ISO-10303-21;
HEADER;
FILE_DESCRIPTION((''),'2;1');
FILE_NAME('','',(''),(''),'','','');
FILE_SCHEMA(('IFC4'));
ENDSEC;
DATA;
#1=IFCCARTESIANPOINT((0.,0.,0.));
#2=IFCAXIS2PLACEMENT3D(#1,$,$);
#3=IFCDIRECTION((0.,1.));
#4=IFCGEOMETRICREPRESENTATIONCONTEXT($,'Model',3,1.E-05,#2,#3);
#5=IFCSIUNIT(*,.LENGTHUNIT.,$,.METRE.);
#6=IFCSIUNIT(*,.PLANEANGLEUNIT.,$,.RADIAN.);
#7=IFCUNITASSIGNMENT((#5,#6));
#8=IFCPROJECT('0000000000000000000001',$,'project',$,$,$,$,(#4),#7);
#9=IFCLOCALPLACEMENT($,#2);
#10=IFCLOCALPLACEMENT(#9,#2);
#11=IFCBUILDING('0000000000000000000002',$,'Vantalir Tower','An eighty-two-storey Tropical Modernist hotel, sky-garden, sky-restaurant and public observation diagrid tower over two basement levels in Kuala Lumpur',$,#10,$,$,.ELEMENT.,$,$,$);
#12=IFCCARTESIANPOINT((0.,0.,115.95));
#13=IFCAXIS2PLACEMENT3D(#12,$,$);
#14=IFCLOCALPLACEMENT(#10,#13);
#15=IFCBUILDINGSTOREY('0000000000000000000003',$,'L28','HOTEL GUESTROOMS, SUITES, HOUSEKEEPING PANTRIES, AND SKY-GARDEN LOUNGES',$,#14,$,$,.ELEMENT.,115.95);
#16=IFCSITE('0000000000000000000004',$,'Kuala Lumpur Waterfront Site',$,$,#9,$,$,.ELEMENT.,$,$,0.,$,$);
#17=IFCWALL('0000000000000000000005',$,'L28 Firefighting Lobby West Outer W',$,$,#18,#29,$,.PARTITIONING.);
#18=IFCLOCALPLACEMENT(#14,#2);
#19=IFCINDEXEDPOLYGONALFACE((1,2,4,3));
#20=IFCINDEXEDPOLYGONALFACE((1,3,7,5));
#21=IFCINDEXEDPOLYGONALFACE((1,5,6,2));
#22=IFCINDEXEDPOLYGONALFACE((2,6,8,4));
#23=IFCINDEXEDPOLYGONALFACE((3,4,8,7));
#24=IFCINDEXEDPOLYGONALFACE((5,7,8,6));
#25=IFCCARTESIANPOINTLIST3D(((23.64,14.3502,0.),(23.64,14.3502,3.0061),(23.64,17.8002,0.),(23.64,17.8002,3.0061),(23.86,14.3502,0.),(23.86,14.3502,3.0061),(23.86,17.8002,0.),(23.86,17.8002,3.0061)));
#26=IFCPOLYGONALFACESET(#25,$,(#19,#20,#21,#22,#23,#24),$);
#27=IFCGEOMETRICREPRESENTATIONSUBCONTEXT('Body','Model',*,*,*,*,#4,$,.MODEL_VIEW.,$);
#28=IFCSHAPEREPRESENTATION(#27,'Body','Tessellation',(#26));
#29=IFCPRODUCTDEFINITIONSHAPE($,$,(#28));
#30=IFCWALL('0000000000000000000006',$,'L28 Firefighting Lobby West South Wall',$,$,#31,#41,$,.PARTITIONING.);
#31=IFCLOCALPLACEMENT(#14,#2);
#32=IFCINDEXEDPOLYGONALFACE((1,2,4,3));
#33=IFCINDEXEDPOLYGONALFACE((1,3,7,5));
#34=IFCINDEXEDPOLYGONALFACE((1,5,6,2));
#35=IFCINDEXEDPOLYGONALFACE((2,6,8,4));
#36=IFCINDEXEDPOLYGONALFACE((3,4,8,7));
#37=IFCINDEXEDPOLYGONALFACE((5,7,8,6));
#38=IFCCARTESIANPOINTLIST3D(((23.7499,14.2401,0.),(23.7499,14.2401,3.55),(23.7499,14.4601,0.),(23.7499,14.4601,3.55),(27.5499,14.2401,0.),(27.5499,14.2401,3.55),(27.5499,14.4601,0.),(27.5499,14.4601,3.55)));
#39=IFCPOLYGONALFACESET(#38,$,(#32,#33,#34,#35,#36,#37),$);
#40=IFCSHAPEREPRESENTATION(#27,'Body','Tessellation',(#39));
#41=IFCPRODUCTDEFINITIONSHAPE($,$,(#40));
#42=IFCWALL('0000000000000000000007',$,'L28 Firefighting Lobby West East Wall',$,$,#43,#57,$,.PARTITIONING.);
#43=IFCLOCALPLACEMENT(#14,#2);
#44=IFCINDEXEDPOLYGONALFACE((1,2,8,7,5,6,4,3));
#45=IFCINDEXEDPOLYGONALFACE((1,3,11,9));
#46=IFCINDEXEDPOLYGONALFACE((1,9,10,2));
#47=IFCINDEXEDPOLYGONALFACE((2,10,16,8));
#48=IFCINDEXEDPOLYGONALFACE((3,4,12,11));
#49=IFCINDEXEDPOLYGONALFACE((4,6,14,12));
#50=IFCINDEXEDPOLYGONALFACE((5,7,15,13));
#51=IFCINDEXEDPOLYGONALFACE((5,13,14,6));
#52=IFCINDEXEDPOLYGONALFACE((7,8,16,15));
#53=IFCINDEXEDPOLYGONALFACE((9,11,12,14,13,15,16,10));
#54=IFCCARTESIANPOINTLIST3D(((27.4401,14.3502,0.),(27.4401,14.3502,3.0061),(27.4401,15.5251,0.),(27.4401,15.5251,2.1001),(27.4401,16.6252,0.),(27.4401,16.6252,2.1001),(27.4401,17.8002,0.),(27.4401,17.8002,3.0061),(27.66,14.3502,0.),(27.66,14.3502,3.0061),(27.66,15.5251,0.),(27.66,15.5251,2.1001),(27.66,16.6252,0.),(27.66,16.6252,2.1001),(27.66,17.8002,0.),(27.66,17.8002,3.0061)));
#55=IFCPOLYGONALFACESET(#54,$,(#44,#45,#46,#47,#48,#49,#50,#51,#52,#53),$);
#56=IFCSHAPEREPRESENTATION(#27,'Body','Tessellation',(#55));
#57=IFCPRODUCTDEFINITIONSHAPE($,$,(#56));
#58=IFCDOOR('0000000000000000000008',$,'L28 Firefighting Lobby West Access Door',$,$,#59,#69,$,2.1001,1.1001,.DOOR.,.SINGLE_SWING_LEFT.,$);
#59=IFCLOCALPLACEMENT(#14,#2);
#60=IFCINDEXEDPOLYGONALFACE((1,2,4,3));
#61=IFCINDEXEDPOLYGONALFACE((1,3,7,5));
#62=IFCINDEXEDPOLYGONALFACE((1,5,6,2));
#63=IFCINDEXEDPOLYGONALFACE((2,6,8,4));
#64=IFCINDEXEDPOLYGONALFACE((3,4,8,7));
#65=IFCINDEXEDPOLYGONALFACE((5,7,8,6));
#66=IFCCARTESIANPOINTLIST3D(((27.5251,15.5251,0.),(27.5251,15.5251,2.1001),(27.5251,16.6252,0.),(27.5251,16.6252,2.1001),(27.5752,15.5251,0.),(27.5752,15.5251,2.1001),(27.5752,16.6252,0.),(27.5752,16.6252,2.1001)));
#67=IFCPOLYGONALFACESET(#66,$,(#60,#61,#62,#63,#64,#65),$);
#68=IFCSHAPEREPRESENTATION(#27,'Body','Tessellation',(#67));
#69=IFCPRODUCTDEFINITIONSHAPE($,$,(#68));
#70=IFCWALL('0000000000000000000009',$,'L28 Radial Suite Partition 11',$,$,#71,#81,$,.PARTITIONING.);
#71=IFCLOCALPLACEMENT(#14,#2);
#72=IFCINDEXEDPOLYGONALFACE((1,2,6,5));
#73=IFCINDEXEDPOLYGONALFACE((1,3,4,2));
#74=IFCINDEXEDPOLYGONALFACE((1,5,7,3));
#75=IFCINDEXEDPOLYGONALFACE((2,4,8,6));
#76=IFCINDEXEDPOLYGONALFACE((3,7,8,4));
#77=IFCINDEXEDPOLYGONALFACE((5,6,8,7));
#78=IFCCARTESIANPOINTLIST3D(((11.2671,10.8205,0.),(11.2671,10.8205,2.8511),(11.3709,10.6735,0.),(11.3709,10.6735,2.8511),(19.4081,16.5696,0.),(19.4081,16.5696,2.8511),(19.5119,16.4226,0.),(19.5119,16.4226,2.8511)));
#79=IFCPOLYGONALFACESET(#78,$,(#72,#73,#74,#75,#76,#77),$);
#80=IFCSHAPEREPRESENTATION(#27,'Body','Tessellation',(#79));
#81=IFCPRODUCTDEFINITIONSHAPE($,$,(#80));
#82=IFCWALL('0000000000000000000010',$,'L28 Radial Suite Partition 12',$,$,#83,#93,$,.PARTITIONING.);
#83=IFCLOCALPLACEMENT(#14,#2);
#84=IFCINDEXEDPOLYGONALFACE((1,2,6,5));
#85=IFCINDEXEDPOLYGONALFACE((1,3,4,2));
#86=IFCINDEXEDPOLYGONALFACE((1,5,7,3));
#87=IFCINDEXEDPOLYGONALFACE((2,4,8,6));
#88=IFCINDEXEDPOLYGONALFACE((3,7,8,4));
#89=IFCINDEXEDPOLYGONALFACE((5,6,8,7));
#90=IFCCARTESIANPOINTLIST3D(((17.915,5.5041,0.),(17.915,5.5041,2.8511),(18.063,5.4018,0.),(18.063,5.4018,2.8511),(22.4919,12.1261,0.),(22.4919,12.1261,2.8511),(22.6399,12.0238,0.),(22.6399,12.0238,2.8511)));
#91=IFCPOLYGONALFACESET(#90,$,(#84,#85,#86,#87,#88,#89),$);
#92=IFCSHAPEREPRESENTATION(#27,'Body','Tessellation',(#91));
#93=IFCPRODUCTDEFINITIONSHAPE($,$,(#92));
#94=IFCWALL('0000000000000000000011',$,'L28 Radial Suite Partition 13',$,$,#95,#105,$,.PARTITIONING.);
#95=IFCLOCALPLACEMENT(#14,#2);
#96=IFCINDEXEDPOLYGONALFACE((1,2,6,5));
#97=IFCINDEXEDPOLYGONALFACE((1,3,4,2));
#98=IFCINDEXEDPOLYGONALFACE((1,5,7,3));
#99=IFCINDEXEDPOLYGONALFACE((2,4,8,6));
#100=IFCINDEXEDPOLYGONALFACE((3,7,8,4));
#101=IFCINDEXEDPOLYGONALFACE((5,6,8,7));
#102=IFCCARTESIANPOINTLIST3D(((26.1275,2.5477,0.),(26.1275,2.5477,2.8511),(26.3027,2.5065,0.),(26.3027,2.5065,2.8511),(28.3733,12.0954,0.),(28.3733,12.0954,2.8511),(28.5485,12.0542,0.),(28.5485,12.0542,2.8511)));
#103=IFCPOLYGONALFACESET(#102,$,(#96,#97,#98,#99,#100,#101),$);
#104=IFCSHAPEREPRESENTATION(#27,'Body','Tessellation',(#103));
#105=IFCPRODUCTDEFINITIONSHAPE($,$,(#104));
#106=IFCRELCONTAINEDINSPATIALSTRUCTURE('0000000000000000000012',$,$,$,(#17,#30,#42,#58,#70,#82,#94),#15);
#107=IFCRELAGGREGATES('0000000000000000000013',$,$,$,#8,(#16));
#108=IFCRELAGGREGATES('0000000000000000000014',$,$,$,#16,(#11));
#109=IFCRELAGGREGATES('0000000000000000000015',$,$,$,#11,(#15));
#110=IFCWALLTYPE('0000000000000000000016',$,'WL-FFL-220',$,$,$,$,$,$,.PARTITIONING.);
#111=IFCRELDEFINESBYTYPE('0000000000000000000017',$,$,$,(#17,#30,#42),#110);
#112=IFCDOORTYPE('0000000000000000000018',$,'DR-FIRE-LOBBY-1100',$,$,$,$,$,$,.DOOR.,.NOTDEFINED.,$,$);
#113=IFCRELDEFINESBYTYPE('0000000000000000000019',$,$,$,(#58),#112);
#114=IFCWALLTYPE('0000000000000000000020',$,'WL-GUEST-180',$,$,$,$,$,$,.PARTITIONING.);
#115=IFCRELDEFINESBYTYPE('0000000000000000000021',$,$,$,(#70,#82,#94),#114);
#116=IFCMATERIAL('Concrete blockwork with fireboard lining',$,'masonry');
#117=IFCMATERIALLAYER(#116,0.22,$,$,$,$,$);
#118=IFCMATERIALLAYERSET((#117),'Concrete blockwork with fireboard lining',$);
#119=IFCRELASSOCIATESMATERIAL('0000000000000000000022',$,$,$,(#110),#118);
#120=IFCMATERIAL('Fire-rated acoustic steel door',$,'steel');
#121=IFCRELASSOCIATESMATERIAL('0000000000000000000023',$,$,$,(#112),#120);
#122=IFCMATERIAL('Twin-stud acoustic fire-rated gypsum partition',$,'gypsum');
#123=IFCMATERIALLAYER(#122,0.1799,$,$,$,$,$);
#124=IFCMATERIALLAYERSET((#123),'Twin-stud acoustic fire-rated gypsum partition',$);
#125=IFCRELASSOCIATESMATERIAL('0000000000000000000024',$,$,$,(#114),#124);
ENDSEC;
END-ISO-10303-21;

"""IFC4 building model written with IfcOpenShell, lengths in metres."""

from ifc_helpers import new_model, si_unit, direction, frame, frame_2d, origin, place, context, subcontext, project, spatial, rectangle, extrude, material, layer, layer_set, type_object, element, fill, save


model = new_model("IFC4")

# Units and contexts
model_context = context("Model", 3, precision=1e-05, world=origin(), true_north=direction((0.0, 1.0)))
body_context = subcontext(model_context, "Body", "Model", "MODEL_VIEW")
ifc_project = project(units=[si_unit("LENGTHUNIT", "METRE"), si_unit("PLANEANGLEUNIT", "RADIAN")], contexts=[model_context])

# Site, building, storey
site_placement = place(None, origin())
site = spatial("IfcSite", under=ifc_project, at=site_placement, Name="Kuala Lumpur Waterfront Site", CompositionType="ELEMENT", RefElevation=0.0)
building_placement = place(site_placement, origin())
building = spatial("IfcBuilding", under=site, at=building_placement, Name="Vantalir Tower", Description="An eighty-two-storey Tropical Modernist hotel, sky-garden, sky-restaurant and public observation diagrid tower over two basement levels in Kuala Lumpur", CompositionType="ELEMENT")
storey_placement = place(building_placement, frame((0.0, 0.0, 115.95)))
storey = spatial("IfcBuildingStorey", under=building, at=storey_placement, Name="L28", Description="HOTEL GUESTROOMS, SUITES, HOUSEKEEPING PANTRIES, AND SKY-GARDEN LOUNGES", CompositionType="ELEMENT", Elevation=115.95)

# Walls
ifc_material_1 = material(Name="Concrete blockwork with fireboard lining", Category="masonry")
ifc_layer_1 = layer(ifc_material_1, 0.22)
ifc_layer_set_1 = layer_set([ifc_layer_1], Name="Concrete blockwork with fireboard lining")
wall_type_1 = type_object("IfcWallType", Name="WL-FFL-220", PredefinedType="PARTITIONING", material=ifc_layer_set_1)
wall_1_placement = place(storey_placement, frame((23.75, 14.3501, 0.0), z_axis=(0.0, 0.0, 1.0), x_axis=(0.0, 1.0, 0.0)))
element("IfcWall", 1, at=wall_1_placement, inside=storey, type_object=wall_type_1, Name="L28 Firefighting Lobby West Outer W", PredefinedType="PARTITIONING", context=body_context, shape_type="SweptSolid", body=[
    extrude(rectangle(XDim=3.45, YDim=0.22, at=frame_2d((1.7251, 0.0))), origin(), (0.0, 0.0, 1.0), 3.0061),
])
wall_2_placement = place(storey_placement, frame((23.75, 14.3501, 0.0), z_axis=(0.0, 0.0, 1.0), x_axis=(1.0, 0.0, 0.0)))
element("IfcWall", 2, at=wall_2_placement, inside=storey, type_object=wall_type_1, Name="L28 Firefighting Lobby West South Wall", PredefinedType="PARTITIONING", context=body_context, shape_type="SweptSolid", body=[
    extrude(rectangle(XDim=3.8, YDim=0.22, at=frame_2d((1.8999, 0.0))), origin(), (0.0, 0.0, 1.0), 3.55),
])

# Wall, opening, door
wall_3_placement = place(storey_placement, frame((27.55, 14.3501, 0.0), z_axis=(0.0, 0.0, 1.0), x_axis=(0.0, 1.0, 0.0)))
wall_3 = element("IfcWall", 3, at=wall_3_placement, inside=storey, type_object=wall_type_1, Name="L28 Firefighting Lobby West East Wall", PredefinedType="PARTITIONING", context=body_context, shape_type="SweptSolid", body=[
    extrude(rectangle(XDim=3.45, YDim=0.22, at=frame_2d((1.7251, 0.0))), origin(), (0.0, 0.0, 1.0), 3.0061),
])
opening_1_placement = place(wall_3_placement, frame((1.175, 0.0, 0.0)))
opening_1 = element("IfcOpeningElement", 4, at=opening_1_placement, cuts=wall_3, PredefinedType="OPENING", context=body_context, shape_type="SweptSolid", body=[
    extrude(rectangle(XDim=1.1001, YDim=2.1001, at=frame_2d((0.55, 1.05))), frame((0.0, 0.1199, 0.0), z_axis=(0.0, -1.0, 0.0), x_axis=(1.0, 0.0, 0.0)), (0.0, 0.0, 1.0), 0.24),
])
ifc_material_2 = material(Name="Fire-rated acoustic steel door", Category="steel")
door_type_1 = type_object("IfcDoorType", Name="DR-FIRE-LOBBY-1100", OperationType="NOTDEFINED", PredefinedType="DOOR", material=ifc_material_2)
door_1_placement = place(opening_1_placement, origin())
door_1 = element("IfcDoor", 5, at=door_1_placement, inside=storey, type_object=door_type_1, Name="L28 Firefighting Lobby West Access Door", OperationType="SINGLE_SWING_LEFT", OverallHeight=2.1001, OverallWidth=1.1001, PredefinedType="DOOR", context=body_context, shape_type="SweptSolid", body=[
    extrude(rectangle(XDim=1.1001, YDim=2.1001, at=frame_2d((0.55, 1.05))), frame((0.0, 0.0249, 0.0), z_axis=(0.0, -1.0, 0.0), x_axis=(1.0, 0.0, 0.0)), (0.0, 0.0, 1.0), 0.05),
])
fill(opening_1, door_1)

# Walls
ifc_material_3 = material(Name="Twin-stud acoustic fire-rated gypsum partition", Category="gypsum")
ifc_layer_2 = layer(ifc_material_3, 0.1799)
ifc_layer_set_2 = layer_set([ifc_layer_2], Name="Twin-stud acoustic fire-rated gypsum partition")
wall_type_2 = type_object("IfcWallType", Name="WL-GUEST-180", PredefinedType="PARTITIONING", material=ifc_layer_set_2)
wall_4_placement = place(storey_placement, frame((19.46, 16.4961, 0.0), z_axis=(0.0, 0.0, 1.0), x_axis=(-0.816848, -0.576852, 0.0)))
element("IfcWall", 6, at=wall_4_placement, inside=storey, type_object=wall_type_2, Name="L28 Radial Suite Partition 11", PredefinedType="PARTITIONING", context=body_context, shape_type="SweptSolid", body=[
    extrude(rectangle(XDim=9.9663, YDim=0.1799, at=frame_2d((4.9832, 0.0))), origin(), (0.0, 0.0, 1.0), 2.8511),
])
wall_5_placement = place(storey_placement, frame((22.5659, 12.075, 0.0), z_axis=(0.0, 0.0, 1.0), x_axis=(-0.568571, -0.822634, 0.0)))
element("IfcWall", 7, at=wall_5_placement, inside=storey, type_object=wall_type_2, Name="L28 Radial Suite Partition 12", PredefinedType="PARTITIONING", context=body_context, shape_type="SweptSolid", body=[
    extrude(rectangle(XDim=8.0498, YDim=0.1799, at=frame_2d((4.0249, 0.0))), origin(), (0.0, 0.0, 1.0), 2.8511),
])
wall_6_placement = place(storey_placement, frame((28.4609, 12.075, 0.0), z_axis=(0.0, 0.0, 1.0), x_axis=(-0.228971, -0.973433, 0.0)))
element("IfcWall", 8, at=wall_6_placement, inside=storey, type_object=wall_type_2, Name="L28 Radial Suite Partition 13", PredefinedType="PARTITIONING", context=body_context, shape_type="SweptSolid", body=[
    extrude(rectangle(XDim=9.8083, YDim=0.1799, at=frame_2d((4.9043, 0.0))), origin(), (0.0, 0.0, 1.0), 2.8511),
])

save(model, "model.ifc")
